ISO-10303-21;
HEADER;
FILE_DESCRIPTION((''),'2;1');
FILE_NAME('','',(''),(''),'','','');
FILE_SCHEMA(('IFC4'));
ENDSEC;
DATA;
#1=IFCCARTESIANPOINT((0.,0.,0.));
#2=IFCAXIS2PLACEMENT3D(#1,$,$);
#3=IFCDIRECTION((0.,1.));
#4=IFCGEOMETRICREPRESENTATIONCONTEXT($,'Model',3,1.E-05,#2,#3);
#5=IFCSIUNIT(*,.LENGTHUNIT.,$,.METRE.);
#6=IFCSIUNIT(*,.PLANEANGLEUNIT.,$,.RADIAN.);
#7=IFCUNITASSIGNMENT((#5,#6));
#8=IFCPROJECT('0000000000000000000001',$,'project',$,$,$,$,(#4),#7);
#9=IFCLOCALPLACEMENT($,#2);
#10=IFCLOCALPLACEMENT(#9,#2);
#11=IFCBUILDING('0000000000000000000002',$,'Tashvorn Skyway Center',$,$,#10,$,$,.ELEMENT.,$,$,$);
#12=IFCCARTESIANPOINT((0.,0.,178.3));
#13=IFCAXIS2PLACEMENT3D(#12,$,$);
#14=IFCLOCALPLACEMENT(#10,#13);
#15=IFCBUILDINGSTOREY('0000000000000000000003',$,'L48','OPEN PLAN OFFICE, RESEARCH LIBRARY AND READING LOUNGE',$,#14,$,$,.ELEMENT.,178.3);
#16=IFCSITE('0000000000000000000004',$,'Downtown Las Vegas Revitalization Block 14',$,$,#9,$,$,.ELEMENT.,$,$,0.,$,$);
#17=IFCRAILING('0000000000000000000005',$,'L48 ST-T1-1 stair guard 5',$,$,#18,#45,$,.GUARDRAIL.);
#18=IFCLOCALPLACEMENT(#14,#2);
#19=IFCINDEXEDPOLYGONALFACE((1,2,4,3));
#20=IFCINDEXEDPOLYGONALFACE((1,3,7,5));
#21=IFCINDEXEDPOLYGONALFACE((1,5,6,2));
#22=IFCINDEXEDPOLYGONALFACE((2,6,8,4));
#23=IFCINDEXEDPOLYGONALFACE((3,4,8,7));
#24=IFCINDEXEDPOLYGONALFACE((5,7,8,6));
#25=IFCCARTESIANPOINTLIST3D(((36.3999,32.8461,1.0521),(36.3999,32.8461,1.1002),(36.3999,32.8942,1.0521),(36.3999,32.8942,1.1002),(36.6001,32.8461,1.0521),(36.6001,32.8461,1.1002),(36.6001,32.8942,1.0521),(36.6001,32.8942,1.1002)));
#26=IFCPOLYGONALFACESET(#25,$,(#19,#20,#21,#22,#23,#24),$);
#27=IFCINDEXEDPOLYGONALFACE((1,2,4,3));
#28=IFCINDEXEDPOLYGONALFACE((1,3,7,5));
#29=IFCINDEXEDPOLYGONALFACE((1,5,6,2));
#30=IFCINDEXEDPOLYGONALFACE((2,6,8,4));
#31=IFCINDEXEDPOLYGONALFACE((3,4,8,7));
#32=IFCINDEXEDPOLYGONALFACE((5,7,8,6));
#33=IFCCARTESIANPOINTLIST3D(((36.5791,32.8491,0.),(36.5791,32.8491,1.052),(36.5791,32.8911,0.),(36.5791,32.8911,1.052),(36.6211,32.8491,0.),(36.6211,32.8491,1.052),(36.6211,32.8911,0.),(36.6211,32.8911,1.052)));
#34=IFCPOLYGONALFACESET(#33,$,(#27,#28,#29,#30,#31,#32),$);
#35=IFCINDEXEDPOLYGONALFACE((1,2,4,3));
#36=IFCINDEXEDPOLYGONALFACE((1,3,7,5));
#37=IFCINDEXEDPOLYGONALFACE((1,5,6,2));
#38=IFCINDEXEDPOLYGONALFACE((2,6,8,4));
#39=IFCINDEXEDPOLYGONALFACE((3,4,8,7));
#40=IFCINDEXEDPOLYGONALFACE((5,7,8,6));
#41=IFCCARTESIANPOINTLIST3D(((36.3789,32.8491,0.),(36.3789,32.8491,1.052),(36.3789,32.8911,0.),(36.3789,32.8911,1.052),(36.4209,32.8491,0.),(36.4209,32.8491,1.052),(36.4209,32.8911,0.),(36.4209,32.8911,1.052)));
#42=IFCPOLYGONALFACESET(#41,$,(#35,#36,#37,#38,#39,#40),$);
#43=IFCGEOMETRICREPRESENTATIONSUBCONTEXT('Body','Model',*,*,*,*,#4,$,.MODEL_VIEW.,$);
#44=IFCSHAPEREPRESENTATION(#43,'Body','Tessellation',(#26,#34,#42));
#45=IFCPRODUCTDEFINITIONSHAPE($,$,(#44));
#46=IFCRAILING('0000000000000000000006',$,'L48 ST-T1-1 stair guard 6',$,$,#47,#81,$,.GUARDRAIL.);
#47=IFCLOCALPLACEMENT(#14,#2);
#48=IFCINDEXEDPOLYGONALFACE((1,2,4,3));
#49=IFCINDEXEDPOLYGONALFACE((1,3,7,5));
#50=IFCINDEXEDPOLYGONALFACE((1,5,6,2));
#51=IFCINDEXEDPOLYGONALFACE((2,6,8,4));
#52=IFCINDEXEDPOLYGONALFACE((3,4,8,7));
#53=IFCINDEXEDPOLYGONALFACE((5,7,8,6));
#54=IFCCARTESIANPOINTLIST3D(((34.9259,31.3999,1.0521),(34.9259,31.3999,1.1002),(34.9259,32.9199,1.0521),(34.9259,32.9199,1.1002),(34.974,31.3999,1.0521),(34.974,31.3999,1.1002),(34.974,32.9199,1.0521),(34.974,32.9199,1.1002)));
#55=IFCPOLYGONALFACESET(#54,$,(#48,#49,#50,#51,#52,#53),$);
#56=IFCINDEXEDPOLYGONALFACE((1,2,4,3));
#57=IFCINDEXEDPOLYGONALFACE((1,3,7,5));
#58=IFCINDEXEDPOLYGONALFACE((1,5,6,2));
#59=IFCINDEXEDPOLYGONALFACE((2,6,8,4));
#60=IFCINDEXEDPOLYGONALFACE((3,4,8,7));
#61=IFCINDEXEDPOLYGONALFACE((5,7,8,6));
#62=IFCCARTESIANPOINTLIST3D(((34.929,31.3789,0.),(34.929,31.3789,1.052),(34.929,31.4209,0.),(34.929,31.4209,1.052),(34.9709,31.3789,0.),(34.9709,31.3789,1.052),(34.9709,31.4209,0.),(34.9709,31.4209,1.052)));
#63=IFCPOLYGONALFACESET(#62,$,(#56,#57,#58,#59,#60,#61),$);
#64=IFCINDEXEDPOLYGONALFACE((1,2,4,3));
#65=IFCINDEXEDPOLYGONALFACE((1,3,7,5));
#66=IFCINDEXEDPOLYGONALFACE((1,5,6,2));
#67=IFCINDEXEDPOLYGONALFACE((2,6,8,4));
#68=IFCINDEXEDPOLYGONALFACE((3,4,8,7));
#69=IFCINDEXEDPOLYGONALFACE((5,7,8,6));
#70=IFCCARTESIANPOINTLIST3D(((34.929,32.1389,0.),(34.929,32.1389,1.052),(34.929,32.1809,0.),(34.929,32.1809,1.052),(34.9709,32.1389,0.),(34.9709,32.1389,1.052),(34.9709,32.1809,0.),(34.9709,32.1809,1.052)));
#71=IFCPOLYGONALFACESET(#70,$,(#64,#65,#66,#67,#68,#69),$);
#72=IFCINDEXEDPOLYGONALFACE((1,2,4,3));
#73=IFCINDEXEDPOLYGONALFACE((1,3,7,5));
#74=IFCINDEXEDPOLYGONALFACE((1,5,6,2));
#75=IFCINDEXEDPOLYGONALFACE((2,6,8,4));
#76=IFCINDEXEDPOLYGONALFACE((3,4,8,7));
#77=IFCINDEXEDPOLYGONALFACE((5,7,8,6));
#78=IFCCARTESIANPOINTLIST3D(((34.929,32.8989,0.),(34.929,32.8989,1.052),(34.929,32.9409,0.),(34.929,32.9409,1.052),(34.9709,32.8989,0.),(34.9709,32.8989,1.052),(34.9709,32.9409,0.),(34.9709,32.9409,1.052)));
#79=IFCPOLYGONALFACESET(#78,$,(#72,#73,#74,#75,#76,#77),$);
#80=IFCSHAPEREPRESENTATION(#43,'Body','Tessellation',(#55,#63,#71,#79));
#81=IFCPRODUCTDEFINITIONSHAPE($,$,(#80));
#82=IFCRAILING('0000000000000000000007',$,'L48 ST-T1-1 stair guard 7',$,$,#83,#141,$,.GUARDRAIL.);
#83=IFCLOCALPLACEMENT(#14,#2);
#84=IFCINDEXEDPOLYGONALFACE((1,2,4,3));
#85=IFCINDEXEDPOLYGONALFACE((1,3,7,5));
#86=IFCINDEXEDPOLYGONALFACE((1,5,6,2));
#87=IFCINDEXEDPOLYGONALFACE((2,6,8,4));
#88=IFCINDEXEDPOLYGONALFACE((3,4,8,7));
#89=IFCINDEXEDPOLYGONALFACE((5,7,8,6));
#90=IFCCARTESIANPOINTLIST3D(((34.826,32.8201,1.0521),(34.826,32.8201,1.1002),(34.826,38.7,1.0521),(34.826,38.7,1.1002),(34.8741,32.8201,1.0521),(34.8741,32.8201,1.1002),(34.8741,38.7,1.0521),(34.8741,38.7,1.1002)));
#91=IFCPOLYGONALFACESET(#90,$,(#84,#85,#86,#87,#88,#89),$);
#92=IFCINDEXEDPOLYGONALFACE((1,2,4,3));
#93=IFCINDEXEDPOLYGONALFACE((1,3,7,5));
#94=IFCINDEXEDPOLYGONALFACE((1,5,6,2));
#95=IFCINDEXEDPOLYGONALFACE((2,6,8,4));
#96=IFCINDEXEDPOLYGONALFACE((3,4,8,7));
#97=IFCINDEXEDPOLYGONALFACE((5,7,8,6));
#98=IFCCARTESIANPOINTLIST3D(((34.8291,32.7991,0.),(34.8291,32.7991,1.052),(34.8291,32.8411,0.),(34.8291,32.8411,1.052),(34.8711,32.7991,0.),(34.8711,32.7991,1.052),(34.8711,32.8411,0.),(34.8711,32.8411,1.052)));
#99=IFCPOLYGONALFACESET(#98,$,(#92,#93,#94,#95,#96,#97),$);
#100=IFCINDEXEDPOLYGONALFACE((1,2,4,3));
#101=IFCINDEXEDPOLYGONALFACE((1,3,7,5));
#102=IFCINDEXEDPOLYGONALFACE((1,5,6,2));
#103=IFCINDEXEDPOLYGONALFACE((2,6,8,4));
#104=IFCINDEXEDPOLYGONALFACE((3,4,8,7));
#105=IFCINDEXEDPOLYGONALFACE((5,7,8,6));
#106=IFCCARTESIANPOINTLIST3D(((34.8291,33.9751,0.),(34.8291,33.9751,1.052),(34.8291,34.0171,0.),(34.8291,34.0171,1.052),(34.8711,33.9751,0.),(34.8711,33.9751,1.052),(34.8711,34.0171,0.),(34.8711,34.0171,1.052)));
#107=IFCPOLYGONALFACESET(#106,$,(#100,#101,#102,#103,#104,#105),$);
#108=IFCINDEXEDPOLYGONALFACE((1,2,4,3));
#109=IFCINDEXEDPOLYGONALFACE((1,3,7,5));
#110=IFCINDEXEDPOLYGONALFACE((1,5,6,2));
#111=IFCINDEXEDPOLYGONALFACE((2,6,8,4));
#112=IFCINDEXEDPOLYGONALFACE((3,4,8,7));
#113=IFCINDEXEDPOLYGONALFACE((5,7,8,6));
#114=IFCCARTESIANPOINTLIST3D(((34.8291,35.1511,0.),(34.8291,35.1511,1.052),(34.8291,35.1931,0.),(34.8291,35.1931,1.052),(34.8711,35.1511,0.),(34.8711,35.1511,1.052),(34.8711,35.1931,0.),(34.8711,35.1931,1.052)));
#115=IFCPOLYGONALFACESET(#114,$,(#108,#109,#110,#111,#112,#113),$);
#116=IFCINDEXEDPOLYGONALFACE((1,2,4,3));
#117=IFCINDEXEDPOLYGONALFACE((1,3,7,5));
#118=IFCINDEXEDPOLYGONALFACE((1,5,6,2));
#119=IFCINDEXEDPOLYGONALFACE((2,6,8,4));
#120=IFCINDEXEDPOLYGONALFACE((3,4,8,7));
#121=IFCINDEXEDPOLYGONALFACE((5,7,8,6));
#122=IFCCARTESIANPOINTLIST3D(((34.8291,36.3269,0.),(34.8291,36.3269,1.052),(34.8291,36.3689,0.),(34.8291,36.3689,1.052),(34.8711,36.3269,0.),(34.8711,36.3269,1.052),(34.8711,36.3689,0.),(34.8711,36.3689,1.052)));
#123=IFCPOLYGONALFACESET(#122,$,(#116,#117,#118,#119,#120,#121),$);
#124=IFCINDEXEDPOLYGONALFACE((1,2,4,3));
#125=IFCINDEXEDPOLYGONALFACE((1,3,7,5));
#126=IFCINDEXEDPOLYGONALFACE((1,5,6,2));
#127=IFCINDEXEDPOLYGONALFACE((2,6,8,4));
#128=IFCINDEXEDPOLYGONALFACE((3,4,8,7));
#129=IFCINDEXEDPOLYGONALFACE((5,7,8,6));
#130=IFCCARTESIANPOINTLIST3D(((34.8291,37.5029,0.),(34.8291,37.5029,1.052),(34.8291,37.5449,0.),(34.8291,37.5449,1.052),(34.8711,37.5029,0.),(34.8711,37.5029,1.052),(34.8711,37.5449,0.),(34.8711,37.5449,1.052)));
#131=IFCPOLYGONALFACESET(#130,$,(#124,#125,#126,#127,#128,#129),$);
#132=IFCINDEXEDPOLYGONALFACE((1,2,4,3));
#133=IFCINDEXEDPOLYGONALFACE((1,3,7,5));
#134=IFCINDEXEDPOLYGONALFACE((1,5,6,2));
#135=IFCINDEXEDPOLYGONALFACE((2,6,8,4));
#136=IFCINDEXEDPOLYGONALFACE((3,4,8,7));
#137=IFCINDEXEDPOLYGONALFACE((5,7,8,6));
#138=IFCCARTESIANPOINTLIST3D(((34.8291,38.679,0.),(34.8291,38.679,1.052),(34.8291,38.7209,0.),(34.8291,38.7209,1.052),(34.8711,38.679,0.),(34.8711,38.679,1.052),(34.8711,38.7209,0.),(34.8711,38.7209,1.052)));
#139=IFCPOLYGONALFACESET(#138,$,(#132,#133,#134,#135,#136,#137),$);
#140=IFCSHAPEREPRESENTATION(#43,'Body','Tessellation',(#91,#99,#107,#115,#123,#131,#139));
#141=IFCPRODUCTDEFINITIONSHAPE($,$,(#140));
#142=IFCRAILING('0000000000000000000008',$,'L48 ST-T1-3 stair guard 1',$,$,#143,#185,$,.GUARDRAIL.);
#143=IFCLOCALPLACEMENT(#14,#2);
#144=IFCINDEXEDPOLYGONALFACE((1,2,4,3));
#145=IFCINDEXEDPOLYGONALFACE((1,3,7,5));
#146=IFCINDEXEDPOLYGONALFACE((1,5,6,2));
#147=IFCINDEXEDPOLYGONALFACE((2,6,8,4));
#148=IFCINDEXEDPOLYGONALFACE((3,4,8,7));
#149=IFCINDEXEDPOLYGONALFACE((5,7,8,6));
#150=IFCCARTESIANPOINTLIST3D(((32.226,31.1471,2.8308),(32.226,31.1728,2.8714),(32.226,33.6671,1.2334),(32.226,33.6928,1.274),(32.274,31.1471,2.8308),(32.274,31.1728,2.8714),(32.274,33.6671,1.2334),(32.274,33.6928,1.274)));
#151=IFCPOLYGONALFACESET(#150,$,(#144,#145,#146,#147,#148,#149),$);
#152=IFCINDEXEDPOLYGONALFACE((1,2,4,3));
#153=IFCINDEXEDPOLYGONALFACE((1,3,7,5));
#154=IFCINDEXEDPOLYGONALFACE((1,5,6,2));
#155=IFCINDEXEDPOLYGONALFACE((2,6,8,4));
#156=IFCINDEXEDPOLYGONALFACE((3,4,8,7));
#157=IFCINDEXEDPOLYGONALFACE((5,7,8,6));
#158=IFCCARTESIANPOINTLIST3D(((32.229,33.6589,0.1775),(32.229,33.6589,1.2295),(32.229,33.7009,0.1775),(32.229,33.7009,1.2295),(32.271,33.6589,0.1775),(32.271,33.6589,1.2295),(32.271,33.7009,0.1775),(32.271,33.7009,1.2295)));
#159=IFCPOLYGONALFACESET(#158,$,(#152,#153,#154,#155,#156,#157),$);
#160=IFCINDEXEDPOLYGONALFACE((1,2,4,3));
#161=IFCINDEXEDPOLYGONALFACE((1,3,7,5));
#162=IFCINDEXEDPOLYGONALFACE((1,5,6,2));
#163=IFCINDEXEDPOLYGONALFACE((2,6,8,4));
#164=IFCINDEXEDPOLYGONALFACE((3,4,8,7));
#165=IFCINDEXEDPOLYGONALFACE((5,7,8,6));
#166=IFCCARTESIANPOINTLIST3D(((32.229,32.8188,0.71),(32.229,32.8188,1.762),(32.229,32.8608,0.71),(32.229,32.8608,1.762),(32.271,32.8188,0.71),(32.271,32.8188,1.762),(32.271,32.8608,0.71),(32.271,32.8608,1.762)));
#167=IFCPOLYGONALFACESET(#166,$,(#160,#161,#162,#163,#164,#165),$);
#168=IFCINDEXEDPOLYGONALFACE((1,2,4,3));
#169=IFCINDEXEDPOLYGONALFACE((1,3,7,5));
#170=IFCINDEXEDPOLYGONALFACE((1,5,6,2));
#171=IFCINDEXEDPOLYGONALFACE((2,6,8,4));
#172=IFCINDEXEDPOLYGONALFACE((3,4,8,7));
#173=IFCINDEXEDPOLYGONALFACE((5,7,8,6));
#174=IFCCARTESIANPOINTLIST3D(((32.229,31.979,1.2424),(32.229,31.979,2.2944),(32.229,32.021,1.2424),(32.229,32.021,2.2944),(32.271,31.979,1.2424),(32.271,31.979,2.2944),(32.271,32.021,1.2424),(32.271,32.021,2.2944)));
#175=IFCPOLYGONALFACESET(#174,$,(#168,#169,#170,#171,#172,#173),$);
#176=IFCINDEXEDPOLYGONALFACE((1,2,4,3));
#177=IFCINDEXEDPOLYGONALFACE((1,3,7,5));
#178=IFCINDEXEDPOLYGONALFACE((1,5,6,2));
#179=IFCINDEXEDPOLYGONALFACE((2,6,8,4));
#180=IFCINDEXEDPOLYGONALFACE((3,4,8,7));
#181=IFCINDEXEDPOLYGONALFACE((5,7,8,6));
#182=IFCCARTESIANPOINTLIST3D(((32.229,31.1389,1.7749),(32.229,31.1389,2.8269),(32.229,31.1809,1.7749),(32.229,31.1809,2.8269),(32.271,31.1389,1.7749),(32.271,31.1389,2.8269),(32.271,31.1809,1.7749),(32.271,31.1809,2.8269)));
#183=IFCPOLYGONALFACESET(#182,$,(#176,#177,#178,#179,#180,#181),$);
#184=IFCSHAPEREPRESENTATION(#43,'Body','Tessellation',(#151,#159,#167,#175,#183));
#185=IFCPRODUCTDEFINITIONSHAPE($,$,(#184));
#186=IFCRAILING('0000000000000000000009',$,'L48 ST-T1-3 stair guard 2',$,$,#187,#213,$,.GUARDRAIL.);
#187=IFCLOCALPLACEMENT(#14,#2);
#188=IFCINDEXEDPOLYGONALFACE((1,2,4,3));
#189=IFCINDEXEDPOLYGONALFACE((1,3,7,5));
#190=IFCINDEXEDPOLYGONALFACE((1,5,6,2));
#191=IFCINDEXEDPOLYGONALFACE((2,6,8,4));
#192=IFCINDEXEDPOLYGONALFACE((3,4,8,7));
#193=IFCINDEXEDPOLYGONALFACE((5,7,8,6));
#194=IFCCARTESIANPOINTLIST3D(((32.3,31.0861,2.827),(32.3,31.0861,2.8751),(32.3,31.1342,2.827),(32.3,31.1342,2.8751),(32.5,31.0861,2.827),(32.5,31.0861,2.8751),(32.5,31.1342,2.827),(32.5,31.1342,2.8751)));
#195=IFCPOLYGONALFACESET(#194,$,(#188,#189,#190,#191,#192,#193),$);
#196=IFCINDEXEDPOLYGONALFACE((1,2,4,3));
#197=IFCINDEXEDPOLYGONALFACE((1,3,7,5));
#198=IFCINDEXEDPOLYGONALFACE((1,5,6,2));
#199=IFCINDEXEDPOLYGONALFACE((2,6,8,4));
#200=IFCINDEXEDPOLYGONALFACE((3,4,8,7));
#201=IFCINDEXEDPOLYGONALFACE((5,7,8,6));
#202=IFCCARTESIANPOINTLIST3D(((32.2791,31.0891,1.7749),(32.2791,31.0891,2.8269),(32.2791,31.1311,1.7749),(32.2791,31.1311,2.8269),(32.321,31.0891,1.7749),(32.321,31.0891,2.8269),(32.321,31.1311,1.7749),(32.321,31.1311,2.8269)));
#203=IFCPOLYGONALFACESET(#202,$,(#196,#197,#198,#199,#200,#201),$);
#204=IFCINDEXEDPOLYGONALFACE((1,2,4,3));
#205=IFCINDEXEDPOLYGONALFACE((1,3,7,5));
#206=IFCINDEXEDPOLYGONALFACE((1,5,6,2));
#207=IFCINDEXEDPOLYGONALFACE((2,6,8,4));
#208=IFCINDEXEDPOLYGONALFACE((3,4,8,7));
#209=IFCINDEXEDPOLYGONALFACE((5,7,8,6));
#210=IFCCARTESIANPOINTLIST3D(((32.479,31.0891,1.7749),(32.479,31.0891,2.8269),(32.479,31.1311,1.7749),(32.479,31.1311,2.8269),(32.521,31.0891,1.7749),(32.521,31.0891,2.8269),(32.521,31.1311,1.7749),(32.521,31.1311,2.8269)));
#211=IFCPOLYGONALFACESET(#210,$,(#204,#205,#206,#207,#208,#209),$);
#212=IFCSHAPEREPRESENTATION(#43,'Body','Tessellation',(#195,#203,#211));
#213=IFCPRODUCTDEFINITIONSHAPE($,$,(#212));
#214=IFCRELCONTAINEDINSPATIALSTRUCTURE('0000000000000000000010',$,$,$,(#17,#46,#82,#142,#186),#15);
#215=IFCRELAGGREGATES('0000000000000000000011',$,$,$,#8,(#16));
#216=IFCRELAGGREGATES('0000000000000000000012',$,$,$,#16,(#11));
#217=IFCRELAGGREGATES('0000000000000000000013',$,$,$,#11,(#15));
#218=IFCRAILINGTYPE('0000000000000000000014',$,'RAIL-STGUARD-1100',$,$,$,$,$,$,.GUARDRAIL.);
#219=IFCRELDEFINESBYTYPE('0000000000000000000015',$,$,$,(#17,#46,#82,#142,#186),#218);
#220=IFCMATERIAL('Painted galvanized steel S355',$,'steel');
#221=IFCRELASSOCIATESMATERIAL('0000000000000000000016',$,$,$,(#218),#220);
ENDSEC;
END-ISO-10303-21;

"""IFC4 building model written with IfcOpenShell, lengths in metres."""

from ifc_helpers import new_model, si_unit, direction, frame, origin, origin_2d, place, context, subcontext, project, spatial, rectangle, extrude, material, type_object, element, save


model = new_model("IFC4")

# Units and contexts
model_context = context("Model", 3, precision=1e-05, world=origin(), true_north=direction((0.0, 1.0)))
body_context = subcontext(model_context, "Body", "Model", "MODEL_VIEW")
ifc_project = project(units=[si_unit("LENGTHUNIT", "METRE"), si_unit("PLANEANGLEUNIT", "RADIAN")], contexts=[model_context])

# Site, building, storey
site_placement = place(None, origin())
site = spatial("IfcSite", under=ifc_project, at=site_placement, Name="Downtown Las Vegas Revitalization Block 14", CompositionType="ELEMENT", RefElevation=0.0)
building_placement = place(site_placement, origin())
building = spatial("IfcBuilding", under=site, at=building_placement, Name="Tashvorn Skyway Center", CompositionType="ELEMENT")
storey_placement = place(building_placement, frame((0.0, 0.0, 178.3)))
storey = spatial("IfcBuildingStorey", under=building, at=storey_placement, Name="L48", Description="OPEN PLAN OFFICE, RESEARCH LIBRARY AND READING LOUNGE", CompositionType="ELEMENT", Elevation=178.3)

# Railings
ifc_material_1 = material(Name="Painted galvanized steel S355", Category="steel")
railing_type_1 = type_object("IfcRailingType", Name="RAIL-STGUARD-1100", PredefinedType="GUARDRAIL", material=ifc_material_1)
railing_1_placement = place(storey_placement, frame((36.6001, 32.8701, 0.0)))
element("IfcRailing", 1, at=railing_1_placement, inside=storey, type_object=railing_type_1, Name="L48 ST-T1-1 stair guard 5", PredefinedType="GUARDRAIL", context=body_context, shape_type="SweptSolid", body=[
    extrude(rectangle(XDim=0.0481, YDim=0.0481, at=origin_2d()), frame((0.0, 0.0, 1.0762), z_axis=(-1.0, 0.0, 0.0), x_axis=(0.0, -1.0, 0.0)), (0.0, 0.0, 1.0), 0.2002),
    extrude(rectangle(XDim=0.042, YDim=0.042, at=origin_2d()), origin(), (0.0, 0.0, 1.0), 1.052),
    extrude(rectangle(XDim=0.042, YDim=0.042, at=origin_2d()), frame((-0.2002, 0.0, 0.0)), (0.0, 0.0, 1.0), 1.052),
])
railing_2_placement = place(storey_placement, frame((34.95, 31.3999, 0.0)))
element("IfcRailing", 2, at=railing_2_placement, inside=storey, type_object=railing_type_1, Name="L48 ST-T1-1 stair guard 6", PredefinedType="GUARDRAIL", context=body_context, shape_type="SweptSolid", body=[
    extrude(rectangle(XDim=0.0481, YDim=0.0481, at=origin_2d()), frame((0.0, 0.0, 1.0762), z_axis=(0.0, 1.0, 0.0), x_axis=(-1.0, 0.0, 0.0)), (0.0, 0.0, 1.0), 1.52),
    extrude(rectangle(XDim=0.042, YDim=0.042, at=origin_2d()), origin(), (0.0, 0.0, 1.0), 1.052),
    extrude(rectangle(XDim=0.042, YDim=0.042, at=origin_2d()), frame((0.0, 0.76, 0.0)), (0.0, 0.0, 1.0), 1.052),
    extrude(rectangle(XDim=0.042, YDim=0.042, at=origin_2d()), frame((0.0, 1.52, 0.0)), (0.0, 0.0, 1.0), 1.052),
])
railing_3_placement = place(storey_placement, frame((34.8501, 32.8201, 0.0)))
element("IfcRailing", 3, at=railing_3_placement, inside=storey, type_object=railing_type_1, Name="L48 ST-T1-1 stair guard 7", PredefinedType="GUARDRAIL", context=body_context, shape_type="SweptSolid", body=[
    extrude(rectangle(XDim=0.0481, YDim=0.0481, at=origin_2d()), frame((0.0, 0.0, 1.0762), z_axis=(0.0, 1.0, 0.0), x_axis=(-1.0, 0.0, 0.0)), (0.0, 0.0, 1.0), 5.8799),
    extrude(rectangle(XDim=0.042, YDim=0.042, at=origin_2d()), origin(), (0.0, 0.0, 1.0), 1.052),
    extrude(rectangle(XDim=0.042, YDim=0.042, at=origin_2d()), frame((0.0, 1.176, 0.0)), (0.0, 0.0, 1.0), 1.052),
    extrude(rectangle(XDim=0.042, YDim=0.042, at=origin_2d()), frame((0.0, 2.3521, 0.0)), (0.0, 0.0, 1.0), 1.052),
    extrude(rectangle(XDim=0.042, YDim=0.042, at=origin_2d()), frame((0.0, 3.5278, 0.0)), (0.0, 0.0, 1.0), 1.052),
    extrude(rectangle(XDim=0.042, YDim=0.042, at=origin_2d()), frame((0.0, 4.7039, 0.0)), (0.0, 0.0, 1.0), 1.052),
    extrude(rectangle(XDim=0.042, YDim=0.042, at=origin_2d()), frame((0.0, 5.8799, 0.0)), (0.0, 0.0, 1.0), 1.052),
])
railing_4_placement = place(storey_placement, frame((32.25, 33.6799, 0.1775)))
element("IfcRailing", 4, at=railing_4_placement, inside=storey, type_object=railing_type_1, Name="L48 ST-T1-3 stair guard 1", PredefinedType="GUARDRAIL", context=body_context, shape_type="SweptSolid", body=[
    extrude(rectangle(XDim=0.0481, YDim=0.0481, at=origin_2d()), frame((0.0, 0.0, 1.0762), z_axis=(0.0, -0.844607, 0.535387), x_axis=(1.0, 0.0, 0.0)), (0.0, 0.0, 1.0), 2.9836),
    extrude(rectangle(XDim=0.042, YDim=0.042, at=origin_2d()), origin(), (0.0, 0.0, 1.0), 1.052),
    extrude(rectangle(XDim=0.042, YDim=0.042, at=origin_2d()), frame((0.0, -0.8401, 0.5325)), (0.0, 0.0, 1.0), 1.052),
    extrude(rectangle(XDim=0.042, YDim=0.042, at=origin_2d()), frame((0.0, -1.6799, 1.0649)), (0.0, 0.0, 1.0), 1.052),
    extrude(rectangle(XDim=0.042, YDim=0.042, at=origin_2d()), frame((0.0, -2.52, 1.5974)), (0.0, 0.0, 1.0), 1.052),
])
railing_5_placement = place(storey_placement, frame((32.3, 31.1101, 1.7749)))
element("IfcRailing", 5, at=railing_5_placement, inside=storey, type_object=railing_type_1, Name="L48 ST-T1-3 stair guard 2", PredefinedType="GUARDRAIL", context=body_context, shape_type="SweptSolid", body=[
    extrude(rectangle(XDim=0.0481, YDim=0.0481, at=origin_2d()), frame((0.0, 0.0, 1.0762), z_axis=(1.0, 0.0, 0.0), x_axis=(0.0, 1.0, 0.0)), (0.0, 0.0, 1.0), 0.2),
    extrude(rectangle(XDim=0.042, YDim=0.042, at=origin_2d()), origin(), (0.0, 0.0, 1.0), 1.052),
    extrude(rectangle(XDim=0.042, YDim=0.042, at=origin_2d()), frame((0.2, 0.0, 0.0)), (0.0, 0.0, 1.0), 1.052),
])

save(model, "model.ifc")
